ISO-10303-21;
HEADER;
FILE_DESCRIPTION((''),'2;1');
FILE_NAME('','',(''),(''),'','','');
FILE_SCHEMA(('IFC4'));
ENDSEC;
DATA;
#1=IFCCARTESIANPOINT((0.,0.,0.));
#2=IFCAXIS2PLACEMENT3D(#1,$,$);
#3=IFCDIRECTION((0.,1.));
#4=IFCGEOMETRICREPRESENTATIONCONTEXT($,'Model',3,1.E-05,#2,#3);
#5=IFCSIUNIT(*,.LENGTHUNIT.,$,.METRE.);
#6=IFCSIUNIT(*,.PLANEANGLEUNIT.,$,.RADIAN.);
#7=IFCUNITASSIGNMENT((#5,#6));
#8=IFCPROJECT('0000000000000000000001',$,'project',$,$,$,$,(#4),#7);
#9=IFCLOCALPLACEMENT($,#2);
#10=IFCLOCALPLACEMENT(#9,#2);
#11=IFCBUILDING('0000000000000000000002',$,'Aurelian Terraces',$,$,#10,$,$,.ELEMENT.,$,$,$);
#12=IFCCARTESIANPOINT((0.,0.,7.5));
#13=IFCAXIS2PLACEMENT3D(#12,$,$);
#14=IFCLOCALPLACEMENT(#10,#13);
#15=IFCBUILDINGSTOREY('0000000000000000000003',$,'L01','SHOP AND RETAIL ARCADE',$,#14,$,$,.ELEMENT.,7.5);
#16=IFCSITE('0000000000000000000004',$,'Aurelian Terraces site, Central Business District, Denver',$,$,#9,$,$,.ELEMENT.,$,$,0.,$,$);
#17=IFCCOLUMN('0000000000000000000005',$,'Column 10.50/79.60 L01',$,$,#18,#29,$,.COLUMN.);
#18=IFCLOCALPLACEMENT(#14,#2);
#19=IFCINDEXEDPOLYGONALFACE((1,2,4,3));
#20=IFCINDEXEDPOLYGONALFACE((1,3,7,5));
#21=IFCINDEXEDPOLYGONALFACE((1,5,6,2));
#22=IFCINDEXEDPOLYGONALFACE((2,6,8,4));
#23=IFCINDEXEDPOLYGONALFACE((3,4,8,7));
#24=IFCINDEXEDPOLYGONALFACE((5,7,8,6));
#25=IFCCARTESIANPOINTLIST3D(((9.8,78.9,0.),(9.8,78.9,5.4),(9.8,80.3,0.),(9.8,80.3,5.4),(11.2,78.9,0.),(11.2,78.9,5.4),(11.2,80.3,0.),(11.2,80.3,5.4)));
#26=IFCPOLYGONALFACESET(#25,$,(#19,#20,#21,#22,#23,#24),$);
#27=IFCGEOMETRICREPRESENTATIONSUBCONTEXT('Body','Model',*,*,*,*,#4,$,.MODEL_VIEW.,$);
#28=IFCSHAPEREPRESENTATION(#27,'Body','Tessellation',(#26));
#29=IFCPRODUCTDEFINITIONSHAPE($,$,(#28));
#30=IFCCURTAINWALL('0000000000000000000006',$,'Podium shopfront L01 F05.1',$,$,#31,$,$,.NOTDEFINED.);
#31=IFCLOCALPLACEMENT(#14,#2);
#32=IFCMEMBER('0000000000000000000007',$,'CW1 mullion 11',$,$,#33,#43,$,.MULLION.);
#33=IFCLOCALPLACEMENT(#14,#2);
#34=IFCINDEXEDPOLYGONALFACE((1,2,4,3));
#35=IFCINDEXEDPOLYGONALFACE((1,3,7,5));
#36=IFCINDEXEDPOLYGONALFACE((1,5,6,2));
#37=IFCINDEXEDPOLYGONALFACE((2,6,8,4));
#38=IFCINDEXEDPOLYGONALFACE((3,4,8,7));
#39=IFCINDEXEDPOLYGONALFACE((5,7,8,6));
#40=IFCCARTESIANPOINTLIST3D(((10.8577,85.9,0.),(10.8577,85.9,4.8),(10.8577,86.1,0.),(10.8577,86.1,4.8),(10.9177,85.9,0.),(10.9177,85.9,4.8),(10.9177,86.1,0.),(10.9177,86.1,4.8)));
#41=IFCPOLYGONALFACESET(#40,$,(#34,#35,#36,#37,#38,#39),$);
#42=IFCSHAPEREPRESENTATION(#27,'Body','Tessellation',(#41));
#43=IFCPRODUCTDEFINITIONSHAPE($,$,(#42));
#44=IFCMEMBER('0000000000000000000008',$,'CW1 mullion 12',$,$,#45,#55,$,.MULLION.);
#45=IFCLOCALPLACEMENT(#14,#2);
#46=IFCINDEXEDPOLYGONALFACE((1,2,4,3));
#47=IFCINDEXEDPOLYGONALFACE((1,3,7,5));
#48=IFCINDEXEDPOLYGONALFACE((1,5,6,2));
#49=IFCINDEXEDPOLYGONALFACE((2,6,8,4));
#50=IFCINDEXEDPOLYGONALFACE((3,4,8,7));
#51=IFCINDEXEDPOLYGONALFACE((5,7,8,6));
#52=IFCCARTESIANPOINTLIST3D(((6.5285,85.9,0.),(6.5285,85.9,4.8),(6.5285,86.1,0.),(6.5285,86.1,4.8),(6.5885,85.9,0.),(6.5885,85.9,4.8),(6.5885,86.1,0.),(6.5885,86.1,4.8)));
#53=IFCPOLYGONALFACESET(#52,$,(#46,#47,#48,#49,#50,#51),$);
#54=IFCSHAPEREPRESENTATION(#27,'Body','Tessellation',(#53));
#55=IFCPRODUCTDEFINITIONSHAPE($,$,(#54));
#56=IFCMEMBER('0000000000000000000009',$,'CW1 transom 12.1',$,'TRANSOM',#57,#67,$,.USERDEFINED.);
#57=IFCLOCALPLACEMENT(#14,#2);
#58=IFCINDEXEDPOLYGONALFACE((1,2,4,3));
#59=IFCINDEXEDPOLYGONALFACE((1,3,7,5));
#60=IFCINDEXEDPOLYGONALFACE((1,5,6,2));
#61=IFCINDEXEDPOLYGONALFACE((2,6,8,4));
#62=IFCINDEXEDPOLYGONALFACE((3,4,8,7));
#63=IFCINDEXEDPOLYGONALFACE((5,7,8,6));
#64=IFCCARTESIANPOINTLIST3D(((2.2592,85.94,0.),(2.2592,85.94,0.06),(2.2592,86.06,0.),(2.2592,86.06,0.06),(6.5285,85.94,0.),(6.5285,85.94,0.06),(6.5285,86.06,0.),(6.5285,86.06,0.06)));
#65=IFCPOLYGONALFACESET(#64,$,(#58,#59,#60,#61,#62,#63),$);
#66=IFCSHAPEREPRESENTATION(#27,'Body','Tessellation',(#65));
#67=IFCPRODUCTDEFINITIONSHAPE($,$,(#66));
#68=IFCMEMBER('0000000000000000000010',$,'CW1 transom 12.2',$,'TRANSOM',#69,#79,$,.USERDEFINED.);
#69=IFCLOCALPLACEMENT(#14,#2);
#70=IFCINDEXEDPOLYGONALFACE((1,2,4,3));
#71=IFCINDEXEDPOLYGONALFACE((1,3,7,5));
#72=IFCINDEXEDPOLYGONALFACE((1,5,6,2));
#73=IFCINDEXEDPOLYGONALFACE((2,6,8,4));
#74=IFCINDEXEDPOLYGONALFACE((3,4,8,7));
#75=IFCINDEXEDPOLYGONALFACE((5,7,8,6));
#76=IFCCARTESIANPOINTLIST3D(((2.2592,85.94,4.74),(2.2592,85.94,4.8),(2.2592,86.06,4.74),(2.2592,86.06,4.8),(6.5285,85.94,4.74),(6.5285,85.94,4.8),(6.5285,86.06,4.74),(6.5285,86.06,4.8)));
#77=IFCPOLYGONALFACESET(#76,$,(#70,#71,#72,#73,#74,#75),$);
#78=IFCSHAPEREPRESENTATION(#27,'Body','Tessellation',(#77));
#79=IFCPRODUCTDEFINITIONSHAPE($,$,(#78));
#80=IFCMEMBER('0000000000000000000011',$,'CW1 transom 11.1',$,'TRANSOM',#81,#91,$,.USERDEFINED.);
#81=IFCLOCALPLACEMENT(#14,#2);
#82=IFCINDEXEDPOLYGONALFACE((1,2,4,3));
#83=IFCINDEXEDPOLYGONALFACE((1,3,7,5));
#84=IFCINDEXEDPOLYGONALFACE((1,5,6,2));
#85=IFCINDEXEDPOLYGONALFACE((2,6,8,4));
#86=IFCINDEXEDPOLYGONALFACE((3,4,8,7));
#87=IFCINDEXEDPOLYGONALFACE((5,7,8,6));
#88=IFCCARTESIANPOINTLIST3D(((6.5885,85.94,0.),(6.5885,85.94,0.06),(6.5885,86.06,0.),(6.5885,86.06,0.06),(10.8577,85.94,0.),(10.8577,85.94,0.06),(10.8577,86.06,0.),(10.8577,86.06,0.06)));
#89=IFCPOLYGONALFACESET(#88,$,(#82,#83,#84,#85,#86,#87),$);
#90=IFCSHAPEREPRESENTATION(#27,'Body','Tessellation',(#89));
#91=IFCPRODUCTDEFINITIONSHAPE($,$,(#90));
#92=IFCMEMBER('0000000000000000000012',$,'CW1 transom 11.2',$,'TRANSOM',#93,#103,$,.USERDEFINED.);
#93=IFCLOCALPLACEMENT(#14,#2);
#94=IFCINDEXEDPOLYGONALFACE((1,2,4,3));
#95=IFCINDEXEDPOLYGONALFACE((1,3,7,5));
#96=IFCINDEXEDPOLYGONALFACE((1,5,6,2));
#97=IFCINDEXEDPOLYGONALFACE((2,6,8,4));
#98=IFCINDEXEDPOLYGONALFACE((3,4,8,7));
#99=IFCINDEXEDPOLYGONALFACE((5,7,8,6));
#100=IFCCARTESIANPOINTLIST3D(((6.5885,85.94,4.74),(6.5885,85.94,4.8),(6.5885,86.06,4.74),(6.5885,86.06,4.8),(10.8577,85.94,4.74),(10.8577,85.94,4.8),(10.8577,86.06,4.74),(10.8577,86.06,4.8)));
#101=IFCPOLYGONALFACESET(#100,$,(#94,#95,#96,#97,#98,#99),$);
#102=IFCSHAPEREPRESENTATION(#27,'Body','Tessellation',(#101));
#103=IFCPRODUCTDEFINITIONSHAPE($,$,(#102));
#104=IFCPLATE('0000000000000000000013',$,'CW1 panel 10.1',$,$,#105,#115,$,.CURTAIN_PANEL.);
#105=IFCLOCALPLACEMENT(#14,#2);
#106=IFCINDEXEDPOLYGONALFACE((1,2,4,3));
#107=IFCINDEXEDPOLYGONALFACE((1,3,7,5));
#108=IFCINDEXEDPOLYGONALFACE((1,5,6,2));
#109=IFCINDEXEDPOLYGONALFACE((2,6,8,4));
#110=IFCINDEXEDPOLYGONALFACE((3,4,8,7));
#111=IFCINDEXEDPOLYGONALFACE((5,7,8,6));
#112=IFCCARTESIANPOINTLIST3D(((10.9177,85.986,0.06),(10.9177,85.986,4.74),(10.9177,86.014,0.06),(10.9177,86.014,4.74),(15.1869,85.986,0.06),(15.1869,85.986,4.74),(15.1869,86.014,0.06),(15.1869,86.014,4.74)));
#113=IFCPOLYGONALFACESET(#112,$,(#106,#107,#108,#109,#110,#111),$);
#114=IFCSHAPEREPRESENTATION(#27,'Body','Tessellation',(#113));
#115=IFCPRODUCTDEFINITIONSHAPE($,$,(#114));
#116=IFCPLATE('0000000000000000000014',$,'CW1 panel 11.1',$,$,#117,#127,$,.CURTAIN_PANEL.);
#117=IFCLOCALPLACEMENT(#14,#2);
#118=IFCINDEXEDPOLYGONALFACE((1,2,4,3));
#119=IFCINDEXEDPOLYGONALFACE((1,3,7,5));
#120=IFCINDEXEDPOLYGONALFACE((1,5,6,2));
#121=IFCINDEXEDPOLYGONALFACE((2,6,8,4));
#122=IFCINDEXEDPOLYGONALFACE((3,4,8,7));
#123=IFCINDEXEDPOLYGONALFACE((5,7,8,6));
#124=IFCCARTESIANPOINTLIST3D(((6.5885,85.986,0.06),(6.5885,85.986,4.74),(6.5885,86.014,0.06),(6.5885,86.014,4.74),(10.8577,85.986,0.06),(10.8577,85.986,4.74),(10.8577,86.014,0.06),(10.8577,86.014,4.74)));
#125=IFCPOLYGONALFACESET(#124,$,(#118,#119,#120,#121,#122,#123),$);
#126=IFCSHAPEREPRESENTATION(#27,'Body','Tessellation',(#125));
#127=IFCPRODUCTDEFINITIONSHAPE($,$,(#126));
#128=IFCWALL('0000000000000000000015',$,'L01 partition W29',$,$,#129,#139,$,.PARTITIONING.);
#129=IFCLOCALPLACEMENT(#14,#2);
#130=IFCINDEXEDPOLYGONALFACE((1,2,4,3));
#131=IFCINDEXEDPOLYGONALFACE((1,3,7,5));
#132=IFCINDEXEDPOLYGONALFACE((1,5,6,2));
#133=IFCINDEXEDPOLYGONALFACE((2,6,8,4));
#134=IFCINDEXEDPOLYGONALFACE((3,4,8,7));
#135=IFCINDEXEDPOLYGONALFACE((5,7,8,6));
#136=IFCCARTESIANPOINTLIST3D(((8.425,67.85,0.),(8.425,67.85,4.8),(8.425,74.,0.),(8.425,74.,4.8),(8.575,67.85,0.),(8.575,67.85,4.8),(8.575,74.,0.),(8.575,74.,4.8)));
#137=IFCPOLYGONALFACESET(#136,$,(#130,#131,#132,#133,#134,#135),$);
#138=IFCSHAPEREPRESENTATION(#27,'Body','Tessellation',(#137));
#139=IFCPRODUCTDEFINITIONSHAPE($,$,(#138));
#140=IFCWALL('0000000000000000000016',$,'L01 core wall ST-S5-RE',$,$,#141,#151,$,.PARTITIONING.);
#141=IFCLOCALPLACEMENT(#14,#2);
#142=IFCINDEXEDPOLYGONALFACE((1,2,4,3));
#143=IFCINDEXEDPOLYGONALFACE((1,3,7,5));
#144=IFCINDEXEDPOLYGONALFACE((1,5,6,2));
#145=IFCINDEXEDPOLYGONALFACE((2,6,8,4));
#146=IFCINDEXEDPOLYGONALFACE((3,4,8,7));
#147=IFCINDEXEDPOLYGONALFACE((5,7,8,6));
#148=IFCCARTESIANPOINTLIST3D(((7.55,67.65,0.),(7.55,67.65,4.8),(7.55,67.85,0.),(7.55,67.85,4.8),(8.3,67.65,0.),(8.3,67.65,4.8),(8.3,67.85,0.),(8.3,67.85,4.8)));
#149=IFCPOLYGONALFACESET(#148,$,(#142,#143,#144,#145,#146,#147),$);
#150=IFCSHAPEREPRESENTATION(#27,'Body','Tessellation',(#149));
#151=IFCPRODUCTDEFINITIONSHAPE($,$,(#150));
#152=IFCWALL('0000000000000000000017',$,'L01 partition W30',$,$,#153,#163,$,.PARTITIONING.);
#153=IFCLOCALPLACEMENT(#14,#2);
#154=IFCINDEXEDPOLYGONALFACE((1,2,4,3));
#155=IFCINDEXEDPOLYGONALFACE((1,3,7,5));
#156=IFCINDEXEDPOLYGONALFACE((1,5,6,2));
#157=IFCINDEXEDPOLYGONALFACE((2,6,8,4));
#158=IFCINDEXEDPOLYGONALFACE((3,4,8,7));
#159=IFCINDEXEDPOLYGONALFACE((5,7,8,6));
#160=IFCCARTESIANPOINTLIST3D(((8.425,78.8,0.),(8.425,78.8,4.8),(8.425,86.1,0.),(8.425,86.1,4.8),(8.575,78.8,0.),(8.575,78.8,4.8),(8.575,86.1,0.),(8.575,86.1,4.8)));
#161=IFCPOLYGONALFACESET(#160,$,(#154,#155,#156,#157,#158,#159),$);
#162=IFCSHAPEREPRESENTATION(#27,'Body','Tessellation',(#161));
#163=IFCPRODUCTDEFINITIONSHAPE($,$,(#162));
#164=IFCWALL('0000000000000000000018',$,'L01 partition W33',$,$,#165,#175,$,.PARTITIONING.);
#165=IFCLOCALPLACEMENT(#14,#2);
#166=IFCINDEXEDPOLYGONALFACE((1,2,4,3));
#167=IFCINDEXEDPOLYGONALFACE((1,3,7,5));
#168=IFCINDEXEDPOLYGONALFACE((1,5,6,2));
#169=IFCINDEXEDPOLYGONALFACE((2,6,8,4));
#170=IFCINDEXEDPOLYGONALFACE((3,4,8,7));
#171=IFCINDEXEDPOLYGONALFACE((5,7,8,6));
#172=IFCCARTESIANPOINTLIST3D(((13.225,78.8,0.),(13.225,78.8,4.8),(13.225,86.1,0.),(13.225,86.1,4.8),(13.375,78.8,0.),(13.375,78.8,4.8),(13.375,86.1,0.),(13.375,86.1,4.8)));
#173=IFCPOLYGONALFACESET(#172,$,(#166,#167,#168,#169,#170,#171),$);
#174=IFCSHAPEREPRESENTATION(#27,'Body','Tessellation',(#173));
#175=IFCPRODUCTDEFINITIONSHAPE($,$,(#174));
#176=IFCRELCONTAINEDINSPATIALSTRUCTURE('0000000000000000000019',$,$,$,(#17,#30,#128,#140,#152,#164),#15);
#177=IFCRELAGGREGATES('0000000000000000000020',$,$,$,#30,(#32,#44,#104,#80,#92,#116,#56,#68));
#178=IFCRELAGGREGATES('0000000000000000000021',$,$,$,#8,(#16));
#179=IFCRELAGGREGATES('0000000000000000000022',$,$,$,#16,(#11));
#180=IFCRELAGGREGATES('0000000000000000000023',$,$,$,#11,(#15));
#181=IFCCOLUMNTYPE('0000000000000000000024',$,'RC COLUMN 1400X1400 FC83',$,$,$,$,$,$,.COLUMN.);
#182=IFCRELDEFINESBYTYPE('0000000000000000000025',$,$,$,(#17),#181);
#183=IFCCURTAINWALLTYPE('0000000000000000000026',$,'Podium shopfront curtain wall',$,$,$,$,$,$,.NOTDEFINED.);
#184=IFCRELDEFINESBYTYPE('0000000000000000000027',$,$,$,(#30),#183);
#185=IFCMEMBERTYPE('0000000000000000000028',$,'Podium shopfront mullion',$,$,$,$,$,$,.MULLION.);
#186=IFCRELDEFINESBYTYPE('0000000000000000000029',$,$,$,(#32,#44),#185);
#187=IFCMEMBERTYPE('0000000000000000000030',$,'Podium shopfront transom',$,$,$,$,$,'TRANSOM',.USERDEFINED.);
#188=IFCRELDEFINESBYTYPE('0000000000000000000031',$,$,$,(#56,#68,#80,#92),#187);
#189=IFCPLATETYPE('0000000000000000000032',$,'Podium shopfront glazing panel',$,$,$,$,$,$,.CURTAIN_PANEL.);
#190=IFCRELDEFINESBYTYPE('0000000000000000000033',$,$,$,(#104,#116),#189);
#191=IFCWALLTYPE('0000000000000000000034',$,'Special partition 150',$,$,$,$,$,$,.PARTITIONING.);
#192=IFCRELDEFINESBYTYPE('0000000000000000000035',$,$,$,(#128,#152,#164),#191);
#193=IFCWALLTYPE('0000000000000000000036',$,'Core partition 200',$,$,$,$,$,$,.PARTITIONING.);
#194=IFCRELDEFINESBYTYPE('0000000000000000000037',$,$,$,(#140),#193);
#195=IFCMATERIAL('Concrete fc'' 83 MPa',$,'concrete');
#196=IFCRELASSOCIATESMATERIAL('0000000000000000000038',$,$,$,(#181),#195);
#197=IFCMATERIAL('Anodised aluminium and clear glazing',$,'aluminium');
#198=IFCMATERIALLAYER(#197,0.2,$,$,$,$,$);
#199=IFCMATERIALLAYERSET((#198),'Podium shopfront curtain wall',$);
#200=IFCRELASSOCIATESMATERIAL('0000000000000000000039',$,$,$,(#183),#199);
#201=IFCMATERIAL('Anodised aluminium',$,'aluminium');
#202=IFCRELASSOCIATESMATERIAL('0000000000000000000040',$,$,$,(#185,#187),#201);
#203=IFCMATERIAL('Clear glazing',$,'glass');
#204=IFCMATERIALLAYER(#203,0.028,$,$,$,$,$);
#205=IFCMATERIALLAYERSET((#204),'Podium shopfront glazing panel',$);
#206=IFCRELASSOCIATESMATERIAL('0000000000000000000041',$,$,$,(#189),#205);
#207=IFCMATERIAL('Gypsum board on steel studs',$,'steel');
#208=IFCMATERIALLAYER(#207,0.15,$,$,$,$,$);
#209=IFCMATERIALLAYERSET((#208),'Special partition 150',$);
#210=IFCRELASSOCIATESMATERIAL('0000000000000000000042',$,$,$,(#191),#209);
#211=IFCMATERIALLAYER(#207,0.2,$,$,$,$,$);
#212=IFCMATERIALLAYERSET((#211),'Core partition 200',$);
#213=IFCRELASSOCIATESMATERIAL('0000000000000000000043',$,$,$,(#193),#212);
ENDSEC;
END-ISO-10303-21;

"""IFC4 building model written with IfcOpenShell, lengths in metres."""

from ifc_helpers import new_model, si_unit, direction, frame, frame_2d, origin, origin_2d, place, context, subcontext, project, spatial, rectangle, extrude, source, transform, mapped, material, layer, layer_set, material_profile, profile_set, type_object, element, aggregate, save


model = new_model("IFC4")

# Units and contexts
model_context = context("Model", 3, precision=1e-05, world=origin(), true_north=direction((0.0, 1.0)))
body_context = subcontext(model_context, "Body", "Model", "MODEL_VIEW")
ifc_project = project(units=[si_unit("LENGTHUNIT", "METRE"), si_unit("PLANEANGLEUNIT", "RADIAN")], contexts=[model_context])

# Site, building, storey
site_placement = place(None, origin())
site = spatial("IfcSite", under=ifc_project, at=site_placement, Name="Aurelian Terraces site, Central Business District, Denver", CompositionType="ELEMENT", RefElevation=0.0)
building_placement = place(site_placement, origin())
building = spatial("IfcBuilding", under=site, at=building_placement, Name="Aurelian Terraces", CompositionType="ELEMENT")
storey_placement = place(building_placement, frame((0.0, 0.0, 7.5)))
storey = spatial("IfcBuildingStorey", under=building, at=storey_placement, Name="L01", Description="SHOP AND RETAIL ARCADE", CompositionType="ELEMENT", Elevation=7.5)

# Column
ifc_material_1 = material(Name="Concrete fc' 83 MPa", Category="concrete")
ifc_material_profile_1 = material_profile(ifc_material_1, rectangle(XDim=1.4, YDim=1.4, at=origin_2d()))
ifc_profile_set_1 = profile_set([ifc_material_profile_1], Name="Concrete fc' 83 MPa")
column_type = type_object("IfcColumnType", Name="RC COLUMN 1400X1400 FC83", PredefinedType="COLUMN", material=ifc_profile_set_1)
shared_shape_1 = source(origin(), body_context, "Body", "SweptSolid", [
    extrude(rectangle(XDim=1.4, YDim=1.4, at=origin_2d()), origin(), (0.0, 0.0, 1.0), 5.4),
])
column_placement = place(storey_placement, frame((10.5, 79.6, 0.0), z_axis=(0.0, 0.0, 1.0), x_axis=(1.0, 0.0, 0.0)))
element("IfcColumn", 1, at=column_placement, inside=storey, type_object=column_type, Name="Column 10.50/79.60 L01", PredefinedType="COLUMN", context=body_context, shape_type="MappedRepresentation", body=[
    mapped(shared_shape_1, transform((0.0, 0.0, 0.0), scale=1.0)),
])

# Curtain wall, members, plates
ifc_material_2 = material(Name="Anodised aluminium and clear glazing", Category="aluminium")
ifc_layer_1 = layer(ifc_material_2, 0.2)
ifc_layer_set_1 = layer_set([ifc_layer_1], Name="Podium shopfront curtain wall")
curtain_wall_type = type_object("IfcCurtainWallType", Name="Podium shopfront curtain wall", PredefinedType="NOTDEFINED", material=ifc_layer_set_1)
curtain_wall_placement = place(storey_placement, origin())
curtain_wall = element("IfcCurtainWall", 2, at=curtain_wall_placement, inside=storey, type_object=curtain_wall_type, Name="Podium shopfront L01 F05.1", PredefinedType="NOTDEFINED")
ifc_material_3 = material(Name="Anodised aluminium", Category="aluminium")
ifc_material_profile_2 = material_profile(ifc_material_3, rectangle(XDim=0.2, YDim=0.06, at=origin_2d()))
ifc_profile_set_2 = profile_set([ifc_material_profile_2], Name="Anodised aluminium")
member_type_1 = type_object("IfcMemberType", Name="Podium shopfront mullion", PredefinedType="MULLION", material=ifc_profile_set_2)
shared_shape_2 = source(origin(), body_context, "Body", "SweptSolid", [
    extrude(rectangle(XDim=0.2, YDim=0.06, at=origin_2d()), origin(), (0.0, 0.0, 1.0), 4.8),
])
member_1_placement = place(storey_placement, frame((10.8877, 86.0, 0.0), z_axis=(0.0, 0.0, 1.0), x_axis=(0.0, -1.0, 0.0)))
member_1 = element("IfcMember", 3, at=member_1_placement, type_object=member_type_1, Name="CW1 mullion 11", PredefinedType="MULLION", context=body_context, shape_type="MappedRepresentation", body=[
    mapped(shared_shape_2, transform((0.0, 0.0, 0.0), scale=1.0)),
])
member_2_placement = place(storey_placement, frame((6.5585, 86.0, 0.0), z_axis=(0.0, 0.0, 1.0), x_axis=(0.0, -1.0, 0.0)))
member_2 = element("IfcMember", 4, at=member_2_placement, type_object=member_type_1, Name="CW1 mullion 12", PredefinedType="MULLION", context=body_context, shape_type="MappedRepresentation", body=[
    mapped(shared_shape_2, transform((0.0, 0.0, 0.0), scale=1.0)),
])
ifc_material_profile_3 = material_profile(ifc_material_3, rectangle(XDim=0.12, YDim=0.06, at=origin_2d()))
ifc_profile_set_3 = profile_set([ifc_material_profile_3], Name="Anodised aluminium")
member_type_2 = type_object("IfcMemberType", Name="Podium shopfront transom", ElementType="TRANSOM", PredefinedType="USERDEFINED", material=ifc_profile_set_3)
shared_shape_3 = source(origin(), body_context, "Body", "SweptSolid", [
    extrude(rectangle(XDim=0.12, YDim=0.06, at=origin_2d()), origin(), (0.0, 0.0, 1.0), 4.2693),
])
member_3_placement = place(storey_placement, frame((6.5285, 86.0, 0.03), z_axis=(-1.0, 0.0, 0.0), x_axis=(0.0, -1.0, 0.0)))
member_3 = element("IfcMember", 5, at=member_3_placement, type_object=member_type_2, Name="CW1 transom 12.1", ObjectType="TRANSOM", PredefinedType="USERDEFINED", context=body_context, shape_type="MappedRepresentation", body=[
    mapped(shared_shape_3, transform((0.0, 0.0, 0.0), scale=1.0)),
])
member_4_placement = place(storey_placement, frame((6.5285, 86.0, 4.77), z_axis=(-1.0, 0.0, 0.0), x_axis=(0.0, -1.0, 0.0)))
member_4 = element("IfcMember", 6, at=member_4_placement, type_object=member_type_2, Name="CW1 transom 12.2", ObjectType="TRANSOM", PredefinedType="USERDEFINED", context=body_context, shape_type="MappedRepresentation", body=[
    mapped(shared_shape_3, transform((0.0, 0.0, 0.0), scale=1.0)),
])
shared_shape_4 = source(origin(), body_context, "Body", "SweptSolid", [
    extrude(rectangle(XDim=0.12, YDim=0.06, at=origin_2d()), origin(), (0.0, 0.0, 1.0), 4.2692),
])
member_5_placement = place(storey_placement, frame((10.8577, 86.0, 0.03), z_axis=(-1.0, 0.0, 0.0), x_axis=(0.0, -1.0, 0.0)))
member_5 = element("IfcMember", 7, at=member_5_placement, type_object=member_type_2, Name="CW1 transom 11.1", ObjectType="TRANSOM", PredefinedType="USERDEFINED", context=body_context, shape_type="MappedRepresentation", body=[
    mapped(shared_shape_4, transform((0.0, 0.0, 0.0), scale=1.0)),
])
member_6_placement = place(storey_placement, frame((10.8577, 86.0, 4.77), z_axis=(-1.0, 0.0, 0.0), x_axis=(0.0, -1.0, 0.0)))
member_6 = element("IfcMember", 8, at=member_6_placement, type_object=member_type_2, Name="CW1 transom 11.2", ObjectType="TRANSOM", PredefinedType="USERDEFINED", context=body_context, shape_type="MappedRepresentation", body=[
    mapped(shared_shape_4, transform((0.0, 0.0, 0.0), scale=1.0)),
])
ifc_material_4 = material(Name="Clear glazing", Category="glass")
ifc_layer_2 = layer(ifc_material_4, 0.028)
ifc_layer_set_2 = layer_set([ifc_layer_2], Name="Podium shopfront glazing panel")
plate_type = type_object("IfcPlateType", Name="Podium shopfront glazing panel", PredefinedType="CURTAIN_PANEL", material=ifc_layer_set_2)
shared_shape_5 = source(origin(), body_context, "Body", "SweptSolid", [
    extrude(rectangle(XDim=4.2692, YDim=0.028, at=origin_2d()), origin(), (0.0, 0.0, 1.0), 4.68),
])
plate_1_placement = place(storey_placement, frame((13.0523, 86.0, 0.06), z_axis=(0.0, 0.0, 1.0), x_axis=(-1.0, 0.0, 0.0)))
plate_1 = element("IfcPlate", 9, at=plate_1_placement, type_object=plate_type, Name="CW1 panel 10.1", PredefinedType="CURTAIN_PANEL", context=body_context, shape_type="MappedRepresentation", body=[
    mapped(shared_shape_5, transform((0.0, 0.0, 0.0), scale=1.0)),
])
plate_2_placement = place(storey_placement, frame((8.7231, 86.0, 0.06), z_axis=(0.0, 0.0, 1.0), x_axis=(-1.0, 0.0, 0.0)))
plate_2 = element("IfcPlate", 10, at=plate_2_placement, type_object=plate_type, Name="CW1 panel 11.1", PredefinedType="CURTAIN_PANEL", context=body_context, shape_type="MappedRepresentation", body=[
    mapped(shared_shape_5, transform((0.0, 0.0, 0.0), scale=1.0)),
])
aggregate(curtain_wall, [member_1, member_2, plate_1, member_5, member_6, plate_2, member_3, member_4])

# Walls
ifc_material_5 = material(Name="Gypsum board on steel studs", Category="steel")
ifc_layer_3 = layer(ifc_material_5, 0.15)
ifc_layer_set_3 = layer_set([ifc_layer_3], Name="Special partition 150")
wall_type_1 = type_object("IfcWallType", Name="Special partition 150", PredefinedType="PARTITIONING", material=ifc_layer_set_3)
wall_1_placement = place(storey_placement, frame((8.5, 67.85, 0.0), z_axis=(0.0, 0.0, 1.0), x_axis=(0.0, 1.0, 0.0)))
element("IfcWall", 11, at=wall_1_placement, inside=storey, type_object=wall_type_1, Name="L01 partition W29", PredefinedType="PARTITIONING", context=body_context, shape_type="SweptSolid", body=[
    extrude(rectangle(XDim=6.15, YDim=0.15, at=frame_2d((3.075, 0.0))), origin(), (0.0, 0.0, 1.0), 4.8),
])
ifc_layer_4 = layer(ifc_material_5, 0.2)
ifc_layer_set_4 = layer_set([ifc_layer_4], Name="Core partition 200")
wall_type_2 = type_object("IfcWallType", Name="Core partition 200", PredefinedType="PARTITIONING", material=ifc_layer_set_4)
shared_shape_6 = source(origin(), body_context, "Body", "SweptSolid", [
    extrude(rectangle(XDim=0.75, YDim=0.2, at=frame_2d((0.375, 0.0))), origin(), (0.0, 0.0, 1.0), 4.8),
])
wall_2_placement = place(storey_placement, frame((7.55, 67.75, 0.0), z_axis=(0.0, 0.0, 1.0), x_axis=(1.0, 0.0, 0.0)))
element("IfcWall", 12, at=wall_2_placement, inside=storey, type_object=wall_type_2, Name="L01 core wall ST-S5-RE", PredefinedType="PARTITIONING", context=body_context, shape_type="MappedRepresentation", body=[
    mapped(shared_shape_6, transform((0.0, 0.0, 0.0), scale=1.0)),
])
shared_shape_7 = source(origin(), body_context, "Body", "SweptSolid", [
    extrude(rectangle(XDim=7.3, YDim=0.15, at=frame_2d((3.65, 0.0))), origin(), (0.0, 0.0, 1.0), 4.8),
])
for number, where, z_axis, x_axis, name in (
    (13, (8.5, 78.8, 0.0), (0.0, 0.0, 1.0), (0.0, 1.0, 0.0), "L01 partition W30"),
    (14, (13.3, 78.8, 0.0), (0.0, 0.0, 1.0), (0.0, 1.0, 0.0), "L01 partition W33"),
):
    element("IfcWall", number, at=place(storey_placement, frame(where, z_axis=z_axis, x_axis=x_axis)), inside=storey, type_object=wall_type_1, Name=name, PredefinedType="PARTITIONING", context=body_context, shape_type="MappedRepresentation", body=[
        mapped(shared_shape_7, transform((0.0, 0.0, 0.0), scale=1.0)),
    ])

save(model, "model.ifc")
